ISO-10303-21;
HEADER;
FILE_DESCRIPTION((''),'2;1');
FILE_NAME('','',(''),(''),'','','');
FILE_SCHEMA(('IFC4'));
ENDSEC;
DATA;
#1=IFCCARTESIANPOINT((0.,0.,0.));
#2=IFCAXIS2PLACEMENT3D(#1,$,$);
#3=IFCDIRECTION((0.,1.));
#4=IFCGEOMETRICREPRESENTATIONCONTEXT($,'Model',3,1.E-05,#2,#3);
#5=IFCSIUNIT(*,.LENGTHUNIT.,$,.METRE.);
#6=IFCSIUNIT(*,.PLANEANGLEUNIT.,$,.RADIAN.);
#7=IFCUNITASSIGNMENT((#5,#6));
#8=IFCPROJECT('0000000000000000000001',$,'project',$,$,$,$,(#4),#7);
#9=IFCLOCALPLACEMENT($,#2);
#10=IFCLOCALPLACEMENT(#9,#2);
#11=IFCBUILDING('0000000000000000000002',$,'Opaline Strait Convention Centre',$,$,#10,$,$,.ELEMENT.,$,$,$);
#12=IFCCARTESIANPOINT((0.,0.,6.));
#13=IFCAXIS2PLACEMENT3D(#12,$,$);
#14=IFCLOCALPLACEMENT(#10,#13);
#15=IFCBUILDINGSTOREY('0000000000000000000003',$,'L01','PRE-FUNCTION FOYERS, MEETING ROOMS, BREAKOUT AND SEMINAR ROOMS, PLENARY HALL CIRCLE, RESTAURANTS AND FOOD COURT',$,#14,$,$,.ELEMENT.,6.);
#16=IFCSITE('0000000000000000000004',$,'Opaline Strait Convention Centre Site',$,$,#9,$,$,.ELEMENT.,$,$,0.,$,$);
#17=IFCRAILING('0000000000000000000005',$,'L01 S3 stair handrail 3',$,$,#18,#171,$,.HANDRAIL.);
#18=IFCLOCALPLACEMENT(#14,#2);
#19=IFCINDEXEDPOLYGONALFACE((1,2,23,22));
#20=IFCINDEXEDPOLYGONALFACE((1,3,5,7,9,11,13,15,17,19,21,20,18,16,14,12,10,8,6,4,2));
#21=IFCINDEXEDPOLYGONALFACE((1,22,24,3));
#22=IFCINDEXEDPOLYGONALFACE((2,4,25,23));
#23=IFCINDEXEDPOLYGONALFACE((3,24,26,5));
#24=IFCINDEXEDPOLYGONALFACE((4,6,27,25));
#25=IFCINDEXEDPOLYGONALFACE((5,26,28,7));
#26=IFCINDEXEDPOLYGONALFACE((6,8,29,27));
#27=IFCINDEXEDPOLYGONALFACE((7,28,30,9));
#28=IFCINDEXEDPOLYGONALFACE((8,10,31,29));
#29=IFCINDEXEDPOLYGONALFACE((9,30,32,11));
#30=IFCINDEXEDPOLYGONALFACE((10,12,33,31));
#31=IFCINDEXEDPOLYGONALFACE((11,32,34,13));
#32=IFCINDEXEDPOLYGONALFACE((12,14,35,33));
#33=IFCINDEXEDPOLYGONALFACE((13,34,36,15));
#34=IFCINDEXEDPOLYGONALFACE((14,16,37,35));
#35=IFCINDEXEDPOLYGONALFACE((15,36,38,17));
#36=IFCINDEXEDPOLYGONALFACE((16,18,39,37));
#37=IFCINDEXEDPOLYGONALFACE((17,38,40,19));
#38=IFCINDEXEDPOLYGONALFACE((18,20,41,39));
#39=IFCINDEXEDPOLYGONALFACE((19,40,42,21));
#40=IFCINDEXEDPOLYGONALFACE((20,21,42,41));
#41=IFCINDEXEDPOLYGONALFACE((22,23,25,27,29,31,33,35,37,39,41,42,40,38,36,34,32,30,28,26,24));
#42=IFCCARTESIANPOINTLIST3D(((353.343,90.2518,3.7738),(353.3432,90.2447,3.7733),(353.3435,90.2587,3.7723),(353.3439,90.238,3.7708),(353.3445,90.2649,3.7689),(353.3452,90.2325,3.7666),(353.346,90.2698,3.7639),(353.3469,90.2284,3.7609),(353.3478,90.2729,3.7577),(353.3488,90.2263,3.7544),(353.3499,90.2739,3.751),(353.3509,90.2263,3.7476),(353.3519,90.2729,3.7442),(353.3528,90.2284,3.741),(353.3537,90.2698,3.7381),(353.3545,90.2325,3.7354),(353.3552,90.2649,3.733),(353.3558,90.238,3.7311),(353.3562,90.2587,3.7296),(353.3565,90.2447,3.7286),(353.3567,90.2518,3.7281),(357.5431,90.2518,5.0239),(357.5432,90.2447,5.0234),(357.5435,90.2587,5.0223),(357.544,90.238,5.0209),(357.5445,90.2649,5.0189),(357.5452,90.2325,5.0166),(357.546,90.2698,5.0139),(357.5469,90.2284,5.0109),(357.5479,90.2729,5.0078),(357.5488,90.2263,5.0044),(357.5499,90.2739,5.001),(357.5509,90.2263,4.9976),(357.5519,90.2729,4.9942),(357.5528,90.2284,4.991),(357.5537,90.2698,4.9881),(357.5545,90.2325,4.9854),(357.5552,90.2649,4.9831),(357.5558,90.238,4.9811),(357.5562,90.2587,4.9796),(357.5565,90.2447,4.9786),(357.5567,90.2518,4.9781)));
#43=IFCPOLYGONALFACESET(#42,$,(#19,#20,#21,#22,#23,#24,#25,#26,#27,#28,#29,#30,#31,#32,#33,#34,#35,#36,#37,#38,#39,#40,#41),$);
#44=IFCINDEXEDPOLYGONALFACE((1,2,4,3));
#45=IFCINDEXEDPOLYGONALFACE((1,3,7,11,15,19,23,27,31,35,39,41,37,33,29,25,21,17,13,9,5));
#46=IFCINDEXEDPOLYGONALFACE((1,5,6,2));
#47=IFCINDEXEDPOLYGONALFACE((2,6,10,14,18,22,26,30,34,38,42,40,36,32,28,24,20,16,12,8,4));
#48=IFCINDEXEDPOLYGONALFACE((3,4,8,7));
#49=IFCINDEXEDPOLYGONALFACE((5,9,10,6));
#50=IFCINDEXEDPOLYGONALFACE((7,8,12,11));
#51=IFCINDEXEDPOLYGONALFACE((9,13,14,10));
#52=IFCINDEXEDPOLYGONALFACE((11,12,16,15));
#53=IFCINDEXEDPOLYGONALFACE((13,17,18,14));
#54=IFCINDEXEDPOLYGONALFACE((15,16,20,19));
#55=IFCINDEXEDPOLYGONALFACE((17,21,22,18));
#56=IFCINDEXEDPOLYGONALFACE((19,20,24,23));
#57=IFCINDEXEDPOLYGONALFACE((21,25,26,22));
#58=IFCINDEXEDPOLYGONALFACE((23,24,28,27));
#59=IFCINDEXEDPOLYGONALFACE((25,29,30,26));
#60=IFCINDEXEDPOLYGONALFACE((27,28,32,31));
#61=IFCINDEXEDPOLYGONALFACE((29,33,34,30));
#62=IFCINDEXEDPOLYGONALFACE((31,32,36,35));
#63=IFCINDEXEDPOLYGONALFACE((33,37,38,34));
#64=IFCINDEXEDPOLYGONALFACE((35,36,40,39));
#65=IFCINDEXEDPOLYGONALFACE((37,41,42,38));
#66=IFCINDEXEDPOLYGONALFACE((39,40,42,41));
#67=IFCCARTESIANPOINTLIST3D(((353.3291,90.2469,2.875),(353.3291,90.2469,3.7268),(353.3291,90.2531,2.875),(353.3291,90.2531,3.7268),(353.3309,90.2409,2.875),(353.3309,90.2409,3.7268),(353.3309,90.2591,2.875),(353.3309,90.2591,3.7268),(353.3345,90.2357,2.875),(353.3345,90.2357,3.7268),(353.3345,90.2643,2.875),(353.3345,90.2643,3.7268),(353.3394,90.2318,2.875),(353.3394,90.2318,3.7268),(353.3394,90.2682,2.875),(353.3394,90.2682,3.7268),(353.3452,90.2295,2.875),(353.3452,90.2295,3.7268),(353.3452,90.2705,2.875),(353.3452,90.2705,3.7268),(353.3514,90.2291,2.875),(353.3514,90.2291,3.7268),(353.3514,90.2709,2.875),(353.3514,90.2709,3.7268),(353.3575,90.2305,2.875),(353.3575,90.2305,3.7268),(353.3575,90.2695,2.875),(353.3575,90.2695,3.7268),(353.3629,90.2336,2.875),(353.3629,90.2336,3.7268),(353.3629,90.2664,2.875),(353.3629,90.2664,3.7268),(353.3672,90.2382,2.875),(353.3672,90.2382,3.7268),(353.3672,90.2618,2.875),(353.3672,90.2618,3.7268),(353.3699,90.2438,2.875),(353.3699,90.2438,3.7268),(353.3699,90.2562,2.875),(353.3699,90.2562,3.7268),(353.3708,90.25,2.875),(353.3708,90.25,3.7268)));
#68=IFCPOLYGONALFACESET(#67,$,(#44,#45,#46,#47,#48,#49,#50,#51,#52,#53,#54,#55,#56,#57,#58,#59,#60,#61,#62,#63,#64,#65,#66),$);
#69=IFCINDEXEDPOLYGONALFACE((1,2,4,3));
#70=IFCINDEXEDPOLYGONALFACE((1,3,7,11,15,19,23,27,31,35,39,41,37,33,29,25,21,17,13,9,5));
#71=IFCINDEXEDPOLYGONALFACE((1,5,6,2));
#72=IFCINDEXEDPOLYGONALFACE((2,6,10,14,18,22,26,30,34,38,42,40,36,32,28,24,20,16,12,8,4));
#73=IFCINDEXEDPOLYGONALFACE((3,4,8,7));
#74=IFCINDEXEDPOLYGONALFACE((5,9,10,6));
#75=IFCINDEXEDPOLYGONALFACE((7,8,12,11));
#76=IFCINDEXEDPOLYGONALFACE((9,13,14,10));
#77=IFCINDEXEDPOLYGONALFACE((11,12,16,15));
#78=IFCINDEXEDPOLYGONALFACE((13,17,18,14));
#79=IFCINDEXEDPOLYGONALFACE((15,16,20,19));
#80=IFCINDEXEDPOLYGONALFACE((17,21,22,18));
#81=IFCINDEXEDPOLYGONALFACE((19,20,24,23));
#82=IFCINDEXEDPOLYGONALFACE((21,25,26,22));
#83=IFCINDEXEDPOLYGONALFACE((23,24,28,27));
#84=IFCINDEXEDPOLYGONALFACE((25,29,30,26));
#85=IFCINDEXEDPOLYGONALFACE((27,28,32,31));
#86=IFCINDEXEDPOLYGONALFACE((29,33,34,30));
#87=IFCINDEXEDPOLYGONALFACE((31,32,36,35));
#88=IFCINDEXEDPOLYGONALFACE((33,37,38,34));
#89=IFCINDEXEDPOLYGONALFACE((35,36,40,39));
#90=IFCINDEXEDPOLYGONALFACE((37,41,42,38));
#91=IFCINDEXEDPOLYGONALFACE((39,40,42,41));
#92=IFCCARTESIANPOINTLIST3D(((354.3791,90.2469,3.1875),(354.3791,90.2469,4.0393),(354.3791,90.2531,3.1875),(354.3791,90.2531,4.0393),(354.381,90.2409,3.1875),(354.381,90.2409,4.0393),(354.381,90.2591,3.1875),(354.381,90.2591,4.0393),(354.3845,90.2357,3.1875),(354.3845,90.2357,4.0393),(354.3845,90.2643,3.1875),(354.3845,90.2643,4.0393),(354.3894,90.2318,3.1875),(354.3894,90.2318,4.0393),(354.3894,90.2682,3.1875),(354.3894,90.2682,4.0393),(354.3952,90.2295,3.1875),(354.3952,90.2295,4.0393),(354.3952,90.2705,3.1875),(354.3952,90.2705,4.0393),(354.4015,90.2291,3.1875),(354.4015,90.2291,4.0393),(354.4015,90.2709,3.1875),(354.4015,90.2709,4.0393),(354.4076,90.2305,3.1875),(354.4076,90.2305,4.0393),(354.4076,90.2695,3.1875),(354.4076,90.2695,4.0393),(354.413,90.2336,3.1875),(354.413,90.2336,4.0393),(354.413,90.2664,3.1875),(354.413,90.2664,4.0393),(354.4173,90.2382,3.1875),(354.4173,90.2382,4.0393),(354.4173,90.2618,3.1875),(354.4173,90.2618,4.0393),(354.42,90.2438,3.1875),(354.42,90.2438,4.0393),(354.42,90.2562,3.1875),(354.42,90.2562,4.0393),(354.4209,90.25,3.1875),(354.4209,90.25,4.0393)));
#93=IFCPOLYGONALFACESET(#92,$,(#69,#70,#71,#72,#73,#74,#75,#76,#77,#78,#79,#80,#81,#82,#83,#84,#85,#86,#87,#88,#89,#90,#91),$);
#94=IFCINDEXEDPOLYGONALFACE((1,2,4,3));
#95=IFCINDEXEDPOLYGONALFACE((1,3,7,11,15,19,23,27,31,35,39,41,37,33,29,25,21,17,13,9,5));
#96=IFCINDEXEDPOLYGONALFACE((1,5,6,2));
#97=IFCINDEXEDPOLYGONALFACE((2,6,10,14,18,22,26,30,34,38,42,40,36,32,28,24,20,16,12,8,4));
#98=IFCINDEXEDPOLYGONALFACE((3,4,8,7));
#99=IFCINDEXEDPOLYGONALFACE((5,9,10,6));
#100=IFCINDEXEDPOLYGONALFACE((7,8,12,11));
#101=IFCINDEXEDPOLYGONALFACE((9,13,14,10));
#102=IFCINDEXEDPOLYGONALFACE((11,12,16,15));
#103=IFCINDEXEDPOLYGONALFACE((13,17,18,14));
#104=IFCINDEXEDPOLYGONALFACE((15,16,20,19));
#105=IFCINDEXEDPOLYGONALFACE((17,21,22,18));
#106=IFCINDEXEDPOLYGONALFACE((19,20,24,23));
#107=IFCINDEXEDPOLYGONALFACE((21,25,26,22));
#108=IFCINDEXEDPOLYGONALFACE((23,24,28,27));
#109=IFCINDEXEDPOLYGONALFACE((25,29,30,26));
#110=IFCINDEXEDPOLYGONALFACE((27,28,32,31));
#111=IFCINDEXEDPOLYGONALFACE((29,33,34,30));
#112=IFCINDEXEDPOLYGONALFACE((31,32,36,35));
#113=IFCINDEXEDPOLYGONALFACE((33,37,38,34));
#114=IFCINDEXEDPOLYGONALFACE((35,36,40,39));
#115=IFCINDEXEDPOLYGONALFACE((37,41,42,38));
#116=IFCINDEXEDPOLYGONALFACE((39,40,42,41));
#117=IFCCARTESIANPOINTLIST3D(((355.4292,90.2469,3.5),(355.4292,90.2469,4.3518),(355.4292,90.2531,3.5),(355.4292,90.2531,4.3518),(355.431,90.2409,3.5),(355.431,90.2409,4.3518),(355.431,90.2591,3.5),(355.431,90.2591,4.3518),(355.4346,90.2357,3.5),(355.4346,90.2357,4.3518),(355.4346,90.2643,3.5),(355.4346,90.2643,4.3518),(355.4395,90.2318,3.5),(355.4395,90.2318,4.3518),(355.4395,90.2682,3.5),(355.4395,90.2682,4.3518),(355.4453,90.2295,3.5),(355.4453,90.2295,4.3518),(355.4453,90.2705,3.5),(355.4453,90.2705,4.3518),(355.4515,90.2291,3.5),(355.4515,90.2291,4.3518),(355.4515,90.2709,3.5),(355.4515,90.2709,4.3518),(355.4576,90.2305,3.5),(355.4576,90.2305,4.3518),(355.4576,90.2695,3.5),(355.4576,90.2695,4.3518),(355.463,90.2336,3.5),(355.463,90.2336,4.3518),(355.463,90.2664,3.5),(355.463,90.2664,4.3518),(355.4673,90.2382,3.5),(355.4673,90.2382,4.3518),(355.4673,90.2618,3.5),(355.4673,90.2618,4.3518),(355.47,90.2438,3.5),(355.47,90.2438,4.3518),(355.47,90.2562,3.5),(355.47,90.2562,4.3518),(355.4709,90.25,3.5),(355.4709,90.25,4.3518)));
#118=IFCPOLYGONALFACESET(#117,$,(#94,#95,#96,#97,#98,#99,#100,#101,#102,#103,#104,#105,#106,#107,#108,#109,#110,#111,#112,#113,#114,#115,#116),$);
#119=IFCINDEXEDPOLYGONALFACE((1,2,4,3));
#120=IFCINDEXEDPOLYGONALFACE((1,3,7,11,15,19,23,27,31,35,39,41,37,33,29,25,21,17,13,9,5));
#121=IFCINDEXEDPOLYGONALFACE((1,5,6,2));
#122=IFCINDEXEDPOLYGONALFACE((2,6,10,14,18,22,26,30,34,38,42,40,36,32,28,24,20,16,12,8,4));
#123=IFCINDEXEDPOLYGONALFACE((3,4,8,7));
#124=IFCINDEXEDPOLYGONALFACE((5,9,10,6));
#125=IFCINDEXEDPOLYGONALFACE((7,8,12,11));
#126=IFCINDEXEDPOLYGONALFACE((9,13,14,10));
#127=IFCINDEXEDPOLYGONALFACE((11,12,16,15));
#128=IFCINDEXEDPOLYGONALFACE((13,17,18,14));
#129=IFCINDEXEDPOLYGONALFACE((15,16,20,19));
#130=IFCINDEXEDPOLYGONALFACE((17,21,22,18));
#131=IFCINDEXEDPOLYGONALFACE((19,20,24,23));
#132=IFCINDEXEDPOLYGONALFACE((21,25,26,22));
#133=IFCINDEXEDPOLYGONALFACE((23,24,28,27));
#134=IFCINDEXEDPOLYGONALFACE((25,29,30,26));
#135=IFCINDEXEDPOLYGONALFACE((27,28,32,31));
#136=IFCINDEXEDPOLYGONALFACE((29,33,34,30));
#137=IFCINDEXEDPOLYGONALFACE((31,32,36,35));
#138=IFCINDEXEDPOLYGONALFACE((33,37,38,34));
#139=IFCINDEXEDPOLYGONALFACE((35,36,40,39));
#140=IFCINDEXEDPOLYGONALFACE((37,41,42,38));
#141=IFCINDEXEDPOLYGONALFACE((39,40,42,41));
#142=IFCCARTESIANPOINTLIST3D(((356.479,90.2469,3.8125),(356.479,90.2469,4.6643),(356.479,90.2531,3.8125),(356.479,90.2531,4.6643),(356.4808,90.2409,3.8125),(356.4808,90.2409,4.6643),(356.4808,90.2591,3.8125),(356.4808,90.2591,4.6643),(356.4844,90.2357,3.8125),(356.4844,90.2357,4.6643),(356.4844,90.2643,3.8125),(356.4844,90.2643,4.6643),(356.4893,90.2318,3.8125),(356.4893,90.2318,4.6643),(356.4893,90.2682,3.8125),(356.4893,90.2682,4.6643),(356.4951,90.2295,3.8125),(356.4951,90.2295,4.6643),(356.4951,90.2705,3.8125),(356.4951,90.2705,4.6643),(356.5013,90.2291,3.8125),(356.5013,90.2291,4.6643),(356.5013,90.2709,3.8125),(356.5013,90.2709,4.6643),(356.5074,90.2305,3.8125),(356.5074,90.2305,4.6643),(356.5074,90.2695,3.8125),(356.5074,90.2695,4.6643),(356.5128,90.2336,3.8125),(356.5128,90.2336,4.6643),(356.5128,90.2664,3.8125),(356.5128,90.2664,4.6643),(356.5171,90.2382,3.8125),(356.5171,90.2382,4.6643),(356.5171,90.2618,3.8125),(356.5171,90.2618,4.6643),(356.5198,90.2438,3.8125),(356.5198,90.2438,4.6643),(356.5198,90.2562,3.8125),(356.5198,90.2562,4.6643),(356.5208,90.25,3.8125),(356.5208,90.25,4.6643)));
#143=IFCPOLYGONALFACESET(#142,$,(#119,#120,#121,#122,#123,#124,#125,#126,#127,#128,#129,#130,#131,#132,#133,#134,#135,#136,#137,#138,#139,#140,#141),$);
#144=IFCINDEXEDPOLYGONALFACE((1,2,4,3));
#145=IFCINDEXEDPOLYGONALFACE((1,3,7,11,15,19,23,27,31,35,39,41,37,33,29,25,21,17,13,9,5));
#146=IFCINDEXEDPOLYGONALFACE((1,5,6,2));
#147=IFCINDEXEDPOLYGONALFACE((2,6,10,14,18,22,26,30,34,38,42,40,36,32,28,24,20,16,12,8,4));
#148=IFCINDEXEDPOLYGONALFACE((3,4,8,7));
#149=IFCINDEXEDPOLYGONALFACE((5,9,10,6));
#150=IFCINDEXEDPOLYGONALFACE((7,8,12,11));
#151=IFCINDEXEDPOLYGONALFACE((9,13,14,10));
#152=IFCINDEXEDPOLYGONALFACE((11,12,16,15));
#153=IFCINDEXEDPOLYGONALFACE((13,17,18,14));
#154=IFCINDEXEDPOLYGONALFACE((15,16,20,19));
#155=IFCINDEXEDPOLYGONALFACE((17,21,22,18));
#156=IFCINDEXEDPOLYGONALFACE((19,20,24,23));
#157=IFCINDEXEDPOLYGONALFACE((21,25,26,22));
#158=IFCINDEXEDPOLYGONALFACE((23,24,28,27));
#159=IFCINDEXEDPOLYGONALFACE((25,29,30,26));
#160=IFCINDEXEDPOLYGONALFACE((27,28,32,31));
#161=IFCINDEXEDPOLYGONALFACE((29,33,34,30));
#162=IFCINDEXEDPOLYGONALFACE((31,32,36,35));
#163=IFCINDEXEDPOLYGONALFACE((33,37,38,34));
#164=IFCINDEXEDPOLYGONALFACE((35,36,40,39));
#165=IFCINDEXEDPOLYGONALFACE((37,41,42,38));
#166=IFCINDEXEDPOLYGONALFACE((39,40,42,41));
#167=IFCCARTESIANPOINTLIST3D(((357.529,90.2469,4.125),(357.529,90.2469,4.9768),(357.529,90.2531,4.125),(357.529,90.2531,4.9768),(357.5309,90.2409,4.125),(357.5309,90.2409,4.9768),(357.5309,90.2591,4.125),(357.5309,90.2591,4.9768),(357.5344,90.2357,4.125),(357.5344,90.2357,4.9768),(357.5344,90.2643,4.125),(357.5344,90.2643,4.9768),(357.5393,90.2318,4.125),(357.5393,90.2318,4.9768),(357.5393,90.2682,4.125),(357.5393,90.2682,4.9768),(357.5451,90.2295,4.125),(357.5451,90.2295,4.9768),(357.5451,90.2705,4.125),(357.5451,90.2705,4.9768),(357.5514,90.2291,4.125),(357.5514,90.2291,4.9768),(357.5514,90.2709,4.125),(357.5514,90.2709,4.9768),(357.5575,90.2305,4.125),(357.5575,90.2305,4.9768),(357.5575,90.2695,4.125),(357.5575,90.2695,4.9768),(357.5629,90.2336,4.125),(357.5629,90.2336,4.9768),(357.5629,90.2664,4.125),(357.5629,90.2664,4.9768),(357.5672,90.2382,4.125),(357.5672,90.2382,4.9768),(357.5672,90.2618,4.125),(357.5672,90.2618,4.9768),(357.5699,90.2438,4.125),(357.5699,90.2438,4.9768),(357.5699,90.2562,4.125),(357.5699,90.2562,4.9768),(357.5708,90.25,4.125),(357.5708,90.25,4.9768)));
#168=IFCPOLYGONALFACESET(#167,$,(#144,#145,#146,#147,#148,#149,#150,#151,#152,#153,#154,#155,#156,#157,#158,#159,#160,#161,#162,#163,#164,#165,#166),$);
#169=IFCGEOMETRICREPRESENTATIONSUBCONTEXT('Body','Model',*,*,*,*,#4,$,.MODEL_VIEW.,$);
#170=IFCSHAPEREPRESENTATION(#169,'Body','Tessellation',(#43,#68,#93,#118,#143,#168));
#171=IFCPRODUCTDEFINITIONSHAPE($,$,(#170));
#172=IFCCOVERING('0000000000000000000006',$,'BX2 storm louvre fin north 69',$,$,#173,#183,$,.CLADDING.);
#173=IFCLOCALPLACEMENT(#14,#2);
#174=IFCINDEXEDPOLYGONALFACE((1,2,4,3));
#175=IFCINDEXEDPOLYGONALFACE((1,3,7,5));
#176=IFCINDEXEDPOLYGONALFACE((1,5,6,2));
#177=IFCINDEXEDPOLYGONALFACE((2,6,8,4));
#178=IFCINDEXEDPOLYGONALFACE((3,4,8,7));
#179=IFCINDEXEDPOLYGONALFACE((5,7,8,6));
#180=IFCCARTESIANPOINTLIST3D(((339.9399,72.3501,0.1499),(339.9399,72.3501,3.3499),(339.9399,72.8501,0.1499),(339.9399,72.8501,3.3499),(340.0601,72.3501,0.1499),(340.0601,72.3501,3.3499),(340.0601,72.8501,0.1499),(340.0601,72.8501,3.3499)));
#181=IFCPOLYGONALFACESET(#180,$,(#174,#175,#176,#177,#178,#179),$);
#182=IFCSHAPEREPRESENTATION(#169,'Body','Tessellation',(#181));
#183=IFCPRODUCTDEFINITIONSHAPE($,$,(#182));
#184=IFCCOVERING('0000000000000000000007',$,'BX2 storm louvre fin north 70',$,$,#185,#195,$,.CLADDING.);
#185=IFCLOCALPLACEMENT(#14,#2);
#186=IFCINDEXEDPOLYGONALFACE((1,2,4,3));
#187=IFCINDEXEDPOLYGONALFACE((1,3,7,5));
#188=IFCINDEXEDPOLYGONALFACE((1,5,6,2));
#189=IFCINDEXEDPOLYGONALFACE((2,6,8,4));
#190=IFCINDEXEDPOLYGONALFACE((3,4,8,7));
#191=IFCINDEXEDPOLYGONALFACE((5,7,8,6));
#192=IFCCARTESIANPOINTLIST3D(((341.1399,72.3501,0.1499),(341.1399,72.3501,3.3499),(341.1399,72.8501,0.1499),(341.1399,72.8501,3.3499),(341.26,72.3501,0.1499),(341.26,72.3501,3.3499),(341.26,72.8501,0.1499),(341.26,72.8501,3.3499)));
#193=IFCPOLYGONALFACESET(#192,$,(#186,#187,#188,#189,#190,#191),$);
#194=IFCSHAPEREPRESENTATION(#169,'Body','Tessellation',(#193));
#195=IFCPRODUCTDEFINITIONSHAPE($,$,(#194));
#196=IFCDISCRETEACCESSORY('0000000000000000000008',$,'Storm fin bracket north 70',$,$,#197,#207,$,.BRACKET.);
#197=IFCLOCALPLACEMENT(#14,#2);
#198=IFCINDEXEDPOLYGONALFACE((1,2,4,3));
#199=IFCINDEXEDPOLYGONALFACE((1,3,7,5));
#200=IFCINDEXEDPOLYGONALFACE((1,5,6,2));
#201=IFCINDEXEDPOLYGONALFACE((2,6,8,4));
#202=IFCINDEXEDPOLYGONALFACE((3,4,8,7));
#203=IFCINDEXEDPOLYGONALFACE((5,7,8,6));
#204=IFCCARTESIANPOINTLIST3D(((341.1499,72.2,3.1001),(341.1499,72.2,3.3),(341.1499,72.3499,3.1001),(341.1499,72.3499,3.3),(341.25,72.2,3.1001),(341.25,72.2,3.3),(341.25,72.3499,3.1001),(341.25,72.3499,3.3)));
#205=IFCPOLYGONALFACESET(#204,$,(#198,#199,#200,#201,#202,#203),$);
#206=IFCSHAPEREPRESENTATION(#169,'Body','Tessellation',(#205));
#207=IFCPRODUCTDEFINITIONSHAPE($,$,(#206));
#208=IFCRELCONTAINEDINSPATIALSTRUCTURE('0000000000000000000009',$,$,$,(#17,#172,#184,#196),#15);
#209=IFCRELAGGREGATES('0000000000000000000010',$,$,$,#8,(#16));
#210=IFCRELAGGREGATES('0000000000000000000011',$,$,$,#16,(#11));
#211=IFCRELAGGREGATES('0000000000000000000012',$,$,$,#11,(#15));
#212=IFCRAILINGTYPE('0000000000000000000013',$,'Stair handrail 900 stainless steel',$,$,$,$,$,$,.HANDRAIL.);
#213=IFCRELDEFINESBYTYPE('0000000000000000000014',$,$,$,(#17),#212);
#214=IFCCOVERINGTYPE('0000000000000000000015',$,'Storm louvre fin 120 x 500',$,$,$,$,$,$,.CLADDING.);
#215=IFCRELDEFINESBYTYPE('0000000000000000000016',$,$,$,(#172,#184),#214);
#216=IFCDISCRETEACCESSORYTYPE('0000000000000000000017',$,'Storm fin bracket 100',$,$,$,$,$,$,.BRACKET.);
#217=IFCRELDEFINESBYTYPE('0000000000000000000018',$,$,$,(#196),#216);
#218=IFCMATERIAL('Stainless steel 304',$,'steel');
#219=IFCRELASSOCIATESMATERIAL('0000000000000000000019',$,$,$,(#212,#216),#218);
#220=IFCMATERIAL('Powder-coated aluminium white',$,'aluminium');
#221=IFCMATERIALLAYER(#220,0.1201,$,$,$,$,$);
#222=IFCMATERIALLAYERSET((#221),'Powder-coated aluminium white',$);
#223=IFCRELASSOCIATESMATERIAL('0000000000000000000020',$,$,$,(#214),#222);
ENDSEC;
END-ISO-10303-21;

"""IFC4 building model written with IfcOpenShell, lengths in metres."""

from ifc_helpers import new_model, si_unit, direction, frame, origin, origin_2d, place, context, subcontext, project, spatial, rectangle, circle, extrude, material, layer, layer_set, type_object, element, save


model = new_model("IFC4")

# Units and contexts
model_context = context("Model", 3, precision=1e-05, world=origin(), true_north=direction((0.0, 1.0)))
body_context = subcontext(model_context, "Body", "Model", "MODEL_VIEW")
ifc_project = project(units=[si_unit("LENGTHUNIT", "METRE"), si_unit("PLANEANGLEUNIT", "RADIAN")], contexts=[model_context])

# Site, building, storey
site_placement = place(None, origin())
site = spatial("IfcSite", under=ifc_project, at=site_placement, Name="Opaline Strait Convention Centre Site", CompositionType="ELEMENT", RefElevation=0.0)
building_placement = place(site_placement, origin())
building = spatial("IfcBuilding", under=site, at=building_placement, Name="Opaline Strait Convention Centre", CompositionType="ELEMENT")
storey_placement = place(building_placement, frame((0.0, 0.0, 6.0)))
storey = spatial("IfcBuildingStorey", under=building, at=storey_placement, Name="L01", Description="PRE-FUNCTION FOYERS, MEETING ROOMS, BREAKOUT AND SEMINAR ROOMS, PLENARY HALL CIRCLE, RESTAURANTS AND FOOD COURT", CompositionType="ELEMENT", Elevation=6.0)

# Railing
ifc_material_1 = material(Name="Stainless steel 304", Category="steel")
railing_type = type_object("IfcRailingType", Name="Stair handrail 900 stainless steel", PredefinedType="HANDRAIL", material=ifc_material_1)
for number, where, name in (
    (1, (353.3499, 90.25, 2.875), "L01 S3 stair handrail 3"),
):
    element("IfcRailing", number, at=place(storey_placement, frame(where)), inside=storey, type_object=railing_type, Name=name, PredefinedType="HANDRAIL", context=body_context, shape_type="SweptSolid", body=[
        extrude(circle(Radius=0.0239, at=origin_2d()), frame((0.0, 0.0, 0.876), z_axis=(0.958451, 0.0, 0.285257), x_axis=(0.0, 1.0, 0.0)), (0.0, 0.0, 1.0), 4.3821),
        extrude(circle(Radius=0.021, at=origin_2d()), origin(), (0.0, 0.0, 1.0), 0.8518),
        extrude(circle(Radius=0.021, at=origin_2d()), frame((1.05, 0.0, 0.3125)), (0.0, 0.0, 1.0), 0.8518),
        extrude(circle(Radius=0.021, at=origin_2d()), frame((2.1001, 0.0, 0.625)), (0.0, 0.0, 1.0), 0.8518),
        extrude(circle(Radius=0.021, at=origin_2d()), frame((3.1499, 0.0, 0.9375)), (0.0, 0.0, 1.0), 0.8518),
        extrude(circle(Radius=0.021, at=origin_2d()), frame((4.2, 0.0, 1.25)), (0.0, 0.0, 1.0), 0.8518),
    ])

# Coverings
ifc_material_2 = material(Name="Powder-coated aluminium white", Category="aluminium")
ifc_layer_1 = layer(ifc_material_2, 0.1201)
ifc_layer_set_1 = layer_set([ifc_layer_1], Name="Powder-coated aluminium white")
covering_type = type_object("IfcCoveringType", Name="Storm louvre fin 120 x 500", PredefinedType="CLADDING", material=ifc_layer_set_1)
for number, where, z_axis, x_axis, name in (
    (2, (340.0, 72.6001, 0.1499), (0.0, 0.0, 1.0), (1.0, 0.0, 0.0), "BX2 storm louvre fin north 69"),
    (3, (341.2, 72.6001, 0.1499), (0.0, 0.0, 1.0), (1.0, 0.0, 0.0), "BX2 storm louvre fin north 70"),
):
    element("IfcCovering", number, at=place(storey_placement, frame(where, z_axis=z_axis, x_axis=x_axis)), inside=storey, type_object=covering_type, Name=name, PredefinedType="CLADDING", context=body_context, shape_type="SweptSolid", body=[
        extrude(rectangle(XDim=0.1201, YDim=0.5, at=origin_2d()), origin(), (0.0, 0.0, 1.0), 3.2),
    ])

# Discrete accessory
discrete_accessory_type = type_object("IfcDiscreteAccessoryType", Name="Storm fin bracket 100", PredefinedType="BRACKET", material=ifc_material_1)
discrete_accessory_placement = place(storey_placement, frame((341.2, 72.2749, 3.1001), z_axis=(0.0, 0.0, 1.0), x_axis=(1.0, 0.0, 0.0)))
element("IfcDiscreteAccessory", 4, at=discrete_accessory_placement, inside=storey, type_object=discrete_accessory_type, Name="Storm fin bracket north 70", PredefinedType="BRACKET", context=body_context, shape_type="SweptSolid", body=[
    extrude(rectangle(XDim=0.1001, YDim=0.1499, at=origin_2d()), origin(), (0.0, 0.0, 1.0), 0.2),
])

save(model, "model.ifc")
